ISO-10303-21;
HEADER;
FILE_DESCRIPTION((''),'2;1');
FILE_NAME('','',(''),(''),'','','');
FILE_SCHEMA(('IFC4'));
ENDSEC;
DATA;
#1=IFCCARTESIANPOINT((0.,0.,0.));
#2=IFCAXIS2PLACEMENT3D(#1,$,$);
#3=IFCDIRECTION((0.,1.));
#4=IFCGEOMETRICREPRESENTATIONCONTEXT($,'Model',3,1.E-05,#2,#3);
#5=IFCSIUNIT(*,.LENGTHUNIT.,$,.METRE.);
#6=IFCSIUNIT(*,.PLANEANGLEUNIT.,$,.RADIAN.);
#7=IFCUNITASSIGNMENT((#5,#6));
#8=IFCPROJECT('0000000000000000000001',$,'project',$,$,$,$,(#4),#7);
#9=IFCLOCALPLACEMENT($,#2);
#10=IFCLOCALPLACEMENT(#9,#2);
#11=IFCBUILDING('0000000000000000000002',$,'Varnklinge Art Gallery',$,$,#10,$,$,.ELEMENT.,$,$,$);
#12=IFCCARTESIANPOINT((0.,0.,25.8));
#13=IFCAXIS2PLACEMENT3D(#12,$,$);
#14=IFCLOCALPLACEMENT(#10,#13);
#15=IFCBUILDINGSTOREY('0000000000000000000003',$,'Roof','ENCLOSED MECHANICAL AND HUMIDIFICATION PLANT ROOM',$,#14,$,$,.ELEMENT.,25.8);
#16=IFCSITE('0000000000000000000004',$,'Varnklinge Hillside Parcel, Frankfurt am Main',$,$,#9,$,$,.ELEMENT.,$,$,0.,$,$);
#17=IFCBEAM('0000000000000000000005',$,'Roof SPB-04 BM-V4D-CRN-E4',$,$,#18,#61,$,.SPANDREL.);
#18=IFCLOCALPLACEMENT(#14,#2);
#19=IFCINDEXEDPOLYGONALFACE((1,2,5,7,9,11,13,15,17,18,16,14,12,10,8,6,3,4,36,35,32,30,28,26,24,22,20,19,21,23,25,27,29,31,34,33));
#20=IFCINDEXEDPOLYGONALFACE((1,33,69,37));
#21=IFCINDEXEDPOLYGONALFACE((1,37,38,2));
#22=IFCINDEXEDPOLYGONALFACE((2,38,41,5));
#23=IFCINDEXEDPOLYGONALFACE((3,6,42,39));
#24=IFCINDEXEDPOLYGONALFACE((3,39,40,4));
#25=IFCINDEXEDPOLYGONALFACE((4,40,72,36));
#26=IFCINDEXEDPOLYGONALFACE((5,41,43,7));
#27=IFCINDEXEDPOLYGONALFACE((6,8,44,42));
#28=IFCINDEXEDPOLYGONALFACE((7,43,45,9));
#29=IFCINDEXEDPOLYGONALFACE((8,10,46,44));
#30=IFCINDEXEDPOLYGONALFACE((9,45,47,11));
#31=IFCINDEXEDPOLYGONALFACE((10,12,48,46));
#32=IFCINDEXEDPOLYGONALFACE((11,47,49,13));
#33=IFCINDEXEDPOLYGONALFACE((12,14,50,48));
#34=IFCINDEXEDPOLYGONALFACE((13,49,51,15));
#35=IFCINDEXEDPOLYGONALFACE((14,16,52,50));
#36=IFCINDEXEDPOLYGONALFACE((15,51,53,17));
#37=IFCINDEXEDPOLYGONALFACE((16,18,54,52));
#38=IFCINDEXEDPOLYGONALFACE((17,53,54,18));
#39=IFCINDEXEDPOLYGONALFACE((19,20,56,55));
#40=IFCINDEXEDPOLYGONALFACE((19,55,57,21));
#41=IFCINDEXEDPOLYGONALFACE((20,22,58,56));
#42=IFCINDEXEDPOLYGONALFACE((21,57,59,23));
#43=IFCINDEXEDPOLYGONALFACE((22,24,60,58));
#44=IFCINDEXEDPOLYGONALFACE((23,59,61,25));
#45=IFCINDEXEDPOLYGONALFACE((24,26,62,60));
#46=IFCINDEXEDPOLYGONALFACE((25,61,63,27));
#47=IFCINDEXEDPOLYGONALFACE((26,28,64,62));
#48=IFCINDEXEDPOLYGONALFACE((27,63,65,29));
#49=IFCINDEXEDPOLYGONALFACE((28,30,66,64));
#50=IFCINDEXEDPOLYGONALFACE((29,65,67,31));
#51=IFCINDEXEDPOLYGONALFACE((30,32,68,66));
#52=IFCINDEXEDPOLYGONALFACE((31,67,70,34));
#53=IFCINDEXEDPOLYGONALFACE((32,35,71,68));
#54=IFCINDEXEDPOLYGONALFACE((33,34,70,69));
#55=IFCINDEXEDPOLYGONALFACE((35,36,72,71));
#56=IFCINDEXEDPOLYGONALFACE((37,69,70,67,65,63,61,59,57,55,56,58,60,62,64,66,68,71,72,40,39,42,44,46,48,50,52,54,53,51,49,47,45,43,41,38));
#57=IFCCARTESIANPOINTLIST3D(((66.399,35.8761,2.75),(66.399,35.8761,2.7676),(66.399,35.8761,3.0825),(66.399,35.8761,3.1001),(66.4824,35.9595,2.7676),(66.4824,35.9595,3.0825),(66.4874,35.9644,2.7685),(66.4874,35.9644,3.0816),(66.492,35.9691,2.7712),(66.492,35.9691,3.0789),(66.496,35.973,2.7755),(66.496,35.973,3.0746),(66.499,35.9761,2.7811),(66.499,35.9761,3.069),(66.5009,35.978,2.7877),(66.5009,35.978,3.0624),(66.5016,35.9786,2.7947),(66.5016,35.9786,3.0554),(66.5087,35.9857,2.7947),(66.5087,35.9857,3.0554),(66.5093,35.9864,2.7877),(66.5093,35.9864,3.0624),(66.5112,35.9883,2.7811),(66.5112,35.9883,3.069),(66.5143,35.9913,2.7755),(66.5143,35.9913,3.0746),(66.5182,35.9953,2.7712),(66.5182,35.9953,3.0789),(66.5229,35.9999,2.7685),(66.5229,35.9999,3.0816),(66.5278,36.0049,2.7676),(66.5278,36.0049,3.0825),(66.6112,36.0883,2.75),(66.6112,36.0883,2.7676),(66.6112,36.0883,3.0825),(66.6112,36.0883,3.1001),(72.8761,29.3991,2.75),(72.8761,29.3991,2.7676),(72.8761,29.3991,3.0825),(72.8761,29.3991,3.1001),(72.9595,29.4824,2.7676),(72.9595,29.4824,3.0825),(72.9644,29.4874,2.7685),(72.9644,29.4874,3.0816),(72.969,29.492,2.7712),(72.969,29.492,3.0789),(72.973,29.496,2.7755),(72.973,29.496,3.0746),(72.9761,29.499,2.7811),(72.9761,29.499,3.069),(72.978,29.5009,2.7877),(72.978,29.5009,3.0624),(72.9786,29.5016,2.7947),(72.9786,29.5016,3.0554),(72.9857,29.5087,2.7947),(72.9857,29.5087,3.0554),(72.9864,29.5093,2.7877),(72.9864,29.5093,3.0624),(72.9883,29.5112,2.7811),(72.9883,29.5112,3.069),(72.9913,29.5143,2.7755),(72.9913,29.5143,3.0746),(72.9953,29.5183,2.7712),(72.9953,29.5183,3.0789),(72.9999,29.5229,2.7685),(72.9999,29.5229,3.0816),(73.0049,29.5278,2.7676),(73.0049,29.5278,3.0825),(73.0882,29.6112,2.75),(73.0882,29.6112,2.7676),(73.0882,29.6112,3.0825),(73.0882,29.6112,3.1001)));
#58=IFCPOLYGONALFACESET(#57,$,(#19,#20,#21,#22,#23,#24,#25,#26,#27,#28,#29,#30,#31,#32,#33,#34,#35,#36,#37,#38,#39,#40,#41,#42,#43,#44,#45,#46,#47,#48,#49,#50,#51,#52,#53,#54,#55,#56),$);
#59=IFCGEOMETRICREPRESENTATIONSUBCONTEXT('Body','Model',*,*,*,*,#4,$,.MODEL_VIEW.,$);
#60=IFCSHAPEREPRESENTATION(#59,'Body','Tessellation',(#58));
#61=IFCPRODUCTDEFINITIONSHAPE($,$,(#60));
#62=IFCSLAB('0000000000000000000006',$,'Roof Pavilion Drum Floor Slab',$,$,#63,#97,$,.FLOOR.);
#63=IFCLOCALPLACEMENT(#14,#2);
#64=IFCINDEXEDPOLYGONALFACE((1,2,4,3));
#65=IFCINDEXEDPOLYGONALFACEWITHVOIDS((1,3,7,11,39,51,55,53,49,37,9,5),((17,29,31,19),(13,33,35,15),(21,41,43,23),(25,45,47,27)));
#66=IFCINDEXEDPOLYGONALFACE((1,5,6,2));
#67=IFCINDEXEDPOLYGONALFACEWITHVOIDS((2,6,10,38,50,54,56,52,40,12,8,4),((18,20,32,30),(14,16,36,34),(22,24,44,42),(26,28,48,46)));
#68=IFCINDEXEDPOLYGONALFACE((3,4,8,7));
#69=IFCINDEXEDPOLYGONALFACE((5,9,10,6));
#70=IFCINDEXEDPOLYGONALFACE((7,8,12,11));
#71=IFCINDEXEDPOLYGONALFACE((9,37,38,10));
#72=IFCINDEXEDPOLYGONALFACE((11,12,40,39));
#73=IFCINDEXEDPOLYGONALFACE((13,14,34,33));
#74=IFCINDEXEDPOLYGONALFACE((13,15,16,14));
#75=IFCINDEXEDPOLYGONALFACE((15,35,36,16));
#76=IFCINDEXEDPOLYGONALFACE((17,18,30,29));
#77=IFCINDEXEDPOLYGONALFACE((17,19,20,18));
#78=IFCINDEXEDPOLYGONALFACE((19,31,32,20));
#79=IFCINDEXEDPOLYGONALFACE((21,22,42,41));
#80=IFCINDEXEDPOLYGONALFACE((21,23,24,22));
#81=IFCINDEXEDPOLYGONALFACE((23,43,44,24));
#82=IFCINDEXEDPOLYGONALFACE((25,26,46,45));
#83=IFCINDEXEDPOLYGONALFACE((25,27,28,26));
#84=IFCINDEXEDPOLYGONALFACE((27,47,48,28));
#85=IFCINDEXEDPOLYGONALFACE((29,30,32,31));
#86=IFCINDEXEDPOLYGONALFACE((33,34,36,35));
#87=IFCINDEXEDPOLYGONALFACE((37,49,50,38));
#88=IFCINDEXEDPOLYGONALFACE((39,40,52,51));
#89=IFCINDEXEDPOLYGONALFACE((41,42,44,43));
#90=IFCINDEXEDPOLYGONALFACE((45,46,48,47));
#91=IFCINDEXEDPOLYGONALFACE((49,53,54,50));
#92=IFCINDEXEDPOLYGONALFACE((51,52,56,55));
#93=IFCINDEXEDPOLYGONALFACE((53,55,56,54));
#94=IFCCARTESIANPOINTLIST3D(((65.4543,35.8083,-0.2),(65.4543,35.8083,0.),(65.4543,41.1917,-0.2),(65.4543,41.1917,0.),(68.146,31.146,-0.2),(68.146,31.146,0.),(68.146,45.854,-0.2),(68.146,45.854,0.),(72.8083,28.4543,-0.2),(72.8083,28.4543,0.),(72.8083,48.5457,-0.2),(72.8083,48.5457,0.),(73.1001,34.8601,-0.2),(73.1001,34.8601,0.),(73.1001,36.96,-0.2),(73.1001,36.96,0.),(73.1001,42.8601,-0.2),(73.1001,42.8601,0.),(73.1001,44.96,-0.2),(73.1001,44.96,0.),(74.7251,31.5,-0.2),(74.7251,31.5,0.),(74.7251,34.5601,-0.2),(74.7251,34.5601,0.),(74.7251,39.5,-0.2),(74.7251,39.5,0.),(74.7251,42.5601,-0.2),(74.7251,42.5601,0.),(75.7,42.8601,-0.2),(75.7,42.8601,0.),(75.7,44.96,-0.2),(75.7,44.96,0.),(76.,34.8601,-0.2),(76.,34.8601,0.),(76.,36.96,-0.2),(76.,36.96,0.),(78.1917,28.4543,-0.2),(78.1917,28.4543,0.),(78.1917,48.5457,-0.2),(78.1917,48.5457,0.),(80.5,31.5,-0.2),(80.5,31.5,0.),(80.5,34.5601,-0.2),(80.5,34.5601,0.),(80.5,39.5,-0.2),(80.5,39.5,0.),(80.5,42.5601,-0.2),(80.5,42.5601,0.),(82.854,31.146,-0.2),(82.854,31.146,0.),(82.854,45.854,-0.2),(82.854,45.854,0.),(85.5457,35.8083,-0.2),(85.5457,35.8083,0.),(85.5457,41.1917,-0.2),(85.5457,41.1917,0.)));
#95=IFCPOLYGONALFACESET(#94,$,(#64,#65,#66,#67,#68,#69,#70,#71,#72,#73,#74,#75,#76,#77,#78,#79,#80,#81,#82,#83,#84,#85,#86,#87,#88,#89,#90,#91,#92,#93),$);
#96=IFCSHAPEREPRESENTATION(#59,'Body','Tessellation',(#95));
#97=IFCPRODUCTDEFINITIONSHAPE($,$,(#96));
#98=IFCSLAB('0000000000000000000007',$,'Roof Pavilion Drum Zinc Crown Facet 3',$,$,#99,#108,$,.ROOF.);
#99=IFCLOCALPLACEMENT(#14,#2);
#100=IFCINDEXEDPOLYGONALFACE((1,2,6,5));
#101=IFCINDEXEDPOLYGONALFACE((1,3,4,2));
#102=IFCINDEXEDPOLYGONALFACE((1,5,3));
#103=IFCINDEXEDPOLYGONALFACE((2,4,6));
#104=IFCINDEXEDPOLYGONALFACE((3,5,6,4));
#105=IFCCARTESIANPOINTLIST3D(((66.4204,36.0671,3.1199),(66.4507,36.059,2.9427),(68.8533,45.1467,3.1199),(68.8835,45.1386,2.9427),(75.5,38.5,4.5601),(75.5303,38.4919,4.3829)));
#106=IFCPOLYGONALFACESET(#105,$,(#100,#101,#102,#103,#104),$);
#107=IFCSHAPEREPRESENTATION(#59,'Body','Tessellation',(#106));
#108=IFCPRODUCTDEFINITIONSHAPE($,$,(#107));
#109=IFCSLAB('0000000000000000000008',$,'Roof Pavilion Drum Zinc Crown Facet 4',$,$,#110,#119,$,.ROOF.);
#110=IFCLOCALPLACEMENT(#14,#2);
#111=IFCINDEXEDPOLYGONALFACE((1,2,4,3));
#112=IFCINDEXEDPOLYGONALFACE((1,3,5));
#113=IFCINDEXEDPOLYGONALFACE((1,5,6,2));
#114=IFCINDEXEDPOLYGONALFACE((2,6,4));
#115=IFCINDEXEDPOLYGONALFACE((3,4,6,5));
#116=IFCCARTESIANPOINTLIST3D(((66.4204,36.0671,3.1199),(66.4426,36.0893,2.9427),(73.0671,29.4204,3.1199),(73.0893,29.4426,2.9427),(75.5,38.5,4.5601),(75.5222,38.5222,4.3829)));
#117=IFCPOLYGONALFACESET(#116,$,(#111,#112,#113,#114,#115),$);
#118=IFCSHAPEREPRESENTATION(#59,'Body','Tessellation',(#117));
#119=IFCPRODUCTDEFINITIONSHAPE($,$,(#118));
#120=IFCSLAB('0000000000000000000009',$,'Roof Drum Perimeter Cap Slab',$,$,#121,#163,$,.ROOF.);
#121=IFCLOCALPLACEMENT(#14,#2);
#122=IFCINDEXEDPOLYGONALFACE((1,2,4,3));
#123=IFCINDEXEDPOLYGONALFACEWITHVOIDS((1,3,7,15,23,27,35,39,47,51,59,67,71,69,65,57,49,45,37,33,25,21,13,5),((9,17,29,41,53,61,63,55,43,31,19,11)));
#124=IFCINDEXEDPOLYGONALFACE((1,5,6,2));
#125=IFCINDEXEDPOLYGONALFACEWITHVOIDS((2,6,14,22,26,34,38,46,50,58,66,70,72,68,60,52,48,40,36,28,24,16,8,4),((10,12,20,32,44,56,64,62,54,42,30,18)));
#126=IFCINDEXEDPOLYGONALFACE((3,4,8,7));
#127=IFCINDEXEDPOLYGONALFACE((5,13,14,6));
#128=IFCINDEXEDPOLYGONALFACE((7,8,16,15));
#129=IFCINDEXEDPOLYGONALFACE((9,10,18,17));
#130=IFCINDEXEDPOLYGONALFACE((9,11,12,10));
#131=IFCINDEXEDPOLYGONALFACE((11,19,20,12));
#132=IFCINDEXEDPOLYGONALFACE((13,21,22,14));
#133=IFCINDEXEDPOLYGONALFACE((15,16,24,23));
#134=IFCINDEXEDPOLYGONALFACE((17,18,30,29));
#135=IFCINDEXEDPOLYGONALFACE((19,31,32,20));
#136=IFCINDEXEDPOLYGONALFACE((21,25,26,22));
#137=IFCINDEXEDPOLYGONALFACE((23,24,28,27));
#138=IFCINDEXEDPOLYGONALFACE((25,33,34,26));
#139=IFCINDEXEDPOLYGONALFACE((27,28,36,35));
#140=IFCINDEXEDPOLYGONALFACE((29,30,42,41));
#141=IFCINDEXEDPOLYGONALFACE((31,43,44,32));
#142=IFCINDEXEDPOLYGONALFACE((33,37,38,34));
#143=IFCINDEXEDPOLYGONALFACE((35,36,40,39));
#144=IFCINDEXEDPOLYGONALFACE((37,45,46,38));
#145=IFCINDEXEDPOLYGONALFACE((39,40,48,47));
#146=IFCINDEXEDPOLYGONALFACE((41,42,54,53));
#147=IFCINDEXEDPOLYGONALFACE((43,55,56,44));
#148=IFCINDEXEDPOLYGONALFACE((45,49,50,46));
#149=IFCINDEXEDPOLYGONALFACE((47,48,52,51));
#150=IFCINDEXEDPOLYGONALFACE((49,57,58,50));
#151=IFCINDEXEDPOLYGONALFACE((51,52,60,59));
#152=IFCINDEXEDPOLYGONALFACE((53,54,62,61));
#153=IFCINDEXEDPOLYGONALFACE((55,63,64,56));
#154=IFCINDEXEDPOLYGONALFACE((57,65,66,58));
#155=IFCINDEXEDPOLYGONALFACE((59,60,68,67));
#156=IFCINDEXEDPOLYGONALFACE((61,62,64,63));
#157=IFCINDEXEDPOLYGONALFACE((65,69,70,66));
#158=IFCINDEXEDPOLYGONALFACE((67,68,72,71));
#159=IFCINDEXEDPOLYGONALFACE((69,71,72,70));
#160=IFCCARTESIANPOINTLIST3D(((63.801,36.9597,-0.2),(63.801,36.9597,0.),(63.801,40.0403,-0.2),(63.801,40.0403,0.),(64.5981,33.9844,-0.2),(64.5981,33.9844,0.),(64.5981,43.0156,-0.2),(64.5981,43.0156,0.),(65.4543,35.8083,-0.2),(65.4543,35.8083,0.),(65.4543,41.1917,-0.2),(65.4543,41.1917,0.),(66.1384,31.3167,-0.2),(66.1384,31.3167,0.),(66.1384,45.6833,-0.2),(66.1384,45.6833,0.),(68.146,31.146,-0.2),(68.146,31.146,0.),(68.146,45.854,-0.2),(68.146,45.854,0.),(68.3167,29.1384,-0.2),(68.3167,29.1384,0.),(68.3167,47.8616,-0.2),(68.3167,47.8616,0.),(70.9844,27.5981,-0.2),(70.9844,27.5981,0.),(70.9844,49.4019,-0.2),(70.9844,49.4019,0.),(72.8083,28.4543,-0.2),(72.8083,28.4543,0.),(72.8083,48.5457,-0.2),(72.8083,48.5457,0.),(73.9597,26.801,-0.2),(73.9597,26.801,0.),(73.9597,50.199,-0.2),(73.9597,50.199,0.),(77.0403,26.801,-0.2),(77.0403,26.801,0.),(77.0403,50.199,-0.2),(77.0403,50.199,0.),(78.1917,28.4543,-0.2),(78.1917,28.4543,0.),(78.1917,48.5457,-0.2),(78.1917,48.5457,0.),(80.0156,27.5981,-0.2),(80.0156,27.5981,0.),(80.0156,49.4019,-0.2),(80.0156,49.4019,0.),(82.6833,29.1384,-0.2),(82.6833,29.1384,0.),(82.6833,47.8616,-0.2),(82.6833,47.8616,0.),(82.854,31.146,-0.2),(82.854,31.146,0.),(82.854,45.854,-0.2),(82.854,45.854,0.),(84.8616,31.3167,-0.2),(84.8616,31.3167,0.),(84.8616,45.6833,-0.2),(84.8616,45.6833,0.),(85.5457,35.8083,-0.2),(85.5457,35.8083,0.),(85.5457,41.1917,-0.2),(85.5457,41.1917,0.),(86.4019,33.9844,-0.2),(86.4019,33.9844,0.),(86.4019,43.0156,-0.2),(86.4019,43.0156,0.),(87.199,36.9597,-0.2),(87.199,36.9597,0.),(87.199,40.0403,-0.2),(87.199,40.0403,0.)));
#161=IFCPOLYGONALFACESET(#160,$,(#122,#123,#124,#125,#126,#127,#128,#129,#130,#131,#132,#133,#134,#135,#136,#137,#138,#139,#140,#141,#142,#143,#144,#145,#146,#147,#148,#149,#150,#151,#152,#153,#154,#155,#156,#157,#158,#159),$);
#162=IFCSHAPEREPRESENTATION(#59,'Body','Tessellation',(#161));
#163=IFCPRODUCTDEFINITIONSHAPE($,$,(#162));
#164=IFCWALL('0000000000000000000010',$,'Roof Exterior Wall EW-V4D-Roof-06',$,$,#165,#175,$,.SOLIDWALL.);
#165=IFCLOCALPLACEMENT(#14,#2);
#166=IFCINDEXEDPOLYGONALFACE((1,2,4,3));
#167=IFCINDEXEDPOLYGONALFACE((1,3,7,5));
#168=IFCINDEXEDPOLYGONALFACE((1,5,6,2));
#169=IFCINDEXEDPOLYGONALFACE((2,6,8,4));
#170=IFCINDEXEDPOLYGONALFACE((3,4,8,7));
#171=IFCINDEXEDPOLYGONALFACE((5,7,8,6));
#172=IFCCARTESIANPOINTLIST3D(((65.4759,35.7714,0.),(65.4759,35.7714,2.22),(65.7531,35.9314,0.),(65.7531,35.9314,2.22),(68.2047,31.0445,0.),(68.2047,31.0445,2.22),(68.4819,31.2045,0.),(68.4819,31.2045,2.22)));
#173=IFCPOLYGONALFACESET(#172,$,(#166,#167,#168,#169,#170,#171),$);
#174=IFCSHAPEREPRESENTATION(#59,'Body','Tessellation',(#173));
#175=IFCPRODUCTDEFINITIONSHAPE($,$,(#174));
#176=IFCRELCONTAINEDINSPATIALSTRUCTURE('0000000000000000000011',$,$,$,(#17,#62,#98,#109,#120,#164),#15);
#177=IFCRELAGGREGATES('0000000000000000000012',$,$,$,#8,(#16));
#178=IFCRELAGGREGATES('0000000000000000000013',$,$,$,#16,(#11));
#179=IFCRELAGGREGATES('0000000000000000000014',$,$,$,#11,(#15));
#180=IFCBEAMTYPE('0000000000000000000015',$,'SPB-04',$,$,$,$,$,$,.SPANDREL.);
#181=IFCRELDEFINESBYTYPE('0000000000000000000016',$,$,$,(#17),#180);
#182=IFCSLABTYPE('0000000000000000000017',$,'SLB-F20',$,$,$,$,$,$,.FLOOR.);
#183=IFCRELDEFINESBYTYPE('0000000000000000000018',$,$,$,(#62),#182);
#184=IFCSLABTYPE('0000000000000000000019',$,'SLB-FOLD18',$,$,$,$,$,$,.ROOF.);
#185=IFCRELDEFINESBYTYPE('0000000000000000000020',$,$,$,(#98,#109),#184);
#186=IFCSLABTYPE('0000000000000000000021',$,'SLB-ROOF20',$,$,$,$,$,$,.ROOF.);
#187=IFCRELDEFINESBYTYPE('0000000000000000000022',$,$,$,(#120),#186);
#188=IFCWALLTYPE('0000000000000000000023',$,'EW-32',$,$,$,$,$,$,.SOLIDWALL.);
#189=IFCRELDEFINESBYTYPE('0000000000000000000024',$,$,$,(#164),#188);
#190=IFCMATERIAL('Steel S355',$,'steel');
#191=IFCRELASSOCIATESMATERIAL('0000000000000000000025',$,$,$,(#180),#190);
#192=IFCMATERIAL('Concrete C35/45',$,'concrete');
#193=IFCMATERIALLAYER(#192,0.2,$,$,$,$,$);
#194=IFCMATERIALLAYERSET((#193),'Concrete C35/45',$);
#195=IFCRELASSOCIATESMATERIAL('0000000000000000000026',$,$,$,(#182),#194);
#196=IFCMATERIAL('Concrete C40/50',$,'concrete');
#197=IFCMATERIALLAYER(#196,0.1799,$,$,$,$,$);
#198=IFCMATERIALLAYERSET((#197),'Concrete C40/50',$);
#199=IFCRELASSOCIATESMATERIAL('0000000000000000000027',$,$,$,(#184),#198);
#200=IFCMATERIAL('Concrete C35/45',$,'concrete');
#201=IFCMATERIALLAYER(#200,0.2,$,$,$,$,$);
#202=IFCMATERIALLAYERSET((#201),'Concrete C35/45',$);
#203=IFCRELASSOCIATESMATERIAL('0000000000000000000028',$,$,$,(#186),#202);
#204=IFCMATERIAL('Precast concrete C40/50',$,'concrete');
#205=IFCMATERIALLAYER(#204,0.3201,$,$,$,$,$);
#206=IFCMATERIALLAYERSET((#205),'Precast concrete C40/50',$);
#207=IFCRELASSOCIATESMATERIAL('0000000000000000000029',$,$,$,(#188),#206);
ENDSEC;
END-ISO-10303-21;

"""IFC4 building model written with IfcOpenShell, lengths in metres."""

from ifc_helpers import new_model, si_unit, direction, frame, frame_2d, origin, origin_2d, place, context, subcontext, project, spatial, polyline, rectangle, i_section, outline, extrude, material, layer, layer_set, material_profile, profile_set, type_object, element, save


model = new_model("IFC4")

# Units and contexts
model_context = context("Model", 3, precision=1e-05, world=origin(), true_north=direction((0.0, 1.0)))
body_context = subcontext(model_context, "Body", "Model", "MODEL_VIEW")
ifc_project = project(units=[si_unit("LENGTHUNIT", "METRE"), si_unit("PLANEANGLEUNIT", "RADIAN")], contexts=[model_context])

# Site, building, storey
site_placement = place(None, origin())
site = spatial("IfcSite", under=ifc_project, at=site_placement, Name="Varnklinge Hillside Parcel, Frankfurt am Main", CompositionType="ELEMENT", RefElevation=0.0)
building_placement = place(site_placement, origin())
building = spatial("IfcBuilding", under=site, at=building_placement, Name="Varnklinge Art Gallery", CompositionType="ELEMENT")
storey_placement = place(building_placement, frame((0.0, 0.0, 25.8)))
storey = spatial("IfcBuildingStorey", under=building, at=storey_placement, Name="Roof", Description="ENCLOSED MECHANICAL AND HUMIDIFICATION PLANT ROOM", CompositionType="ELEMENT", Elevation=25.8)

# Beam
ifc_material_1 = material(Name="Steel S355", Category="steel")
ifc_material_profile_1 = material_profile(ifc_material_1, i_section(OverallWidth=0.3, OverallDepth=0.3501, WebThickness=0.01, FlangeThickness=0.0176, FilletRadius=0.0271, at=origin_2d()), Name="HEA 360")
ifc_profile_set_1 = profile_set([ifc_material_profile_1], Name="Steel S355")
beam_type_1 = type_object("IfcBeamType", Name="SPB-04", PredefinedType="SPANDREL", material=ifc_profile_set_1)
for number, where, z_axis, x_axis, name in (
    (1, (66.5051, 35.9822, 2.925), (0.707107, -0.707107, 0.0), (0.707107, 0.707107, 0.0), "Roof SPB-04 BM-V4D-CRN-E4"),
):
    element("IfcBeam", number, at=place(storey_placement, frame(where, z_axis=z_axis, x_axis=x_axis)), inside=storey, type_object=beam_type_1, Name=name, PredefinedType="SPANDREL", context=body_context, shape_type="SweptSolid", body=[
        extrude(i_section(OverallWidth=0.3, OverallDepth=0.3501, WebThickness=0.01, FlangeThickness=0.0176, FilletRadius=0.0271, at=origin_2d()), origin(), (0.0, 0.0, 1.0), 9.1599),
    ])

# Slabs
ifc_material_2 = material(Name="Concrete C35/45", Category="concrete")
ifc_layer_1 = layer(ifc_material_2, 0.2)
ifc_layer_set_1 = layer_set([ifc_layer_1], Name="Concrete C35/45")
slab_type_1 = type_object("IfcSlabType", Name="SLB-F20", PredefinedType="FLOOR", material=ifc_layer_set_1)
slab_1_placement = place(storey_placement, frame((0.0, 0.0, -0.2)))
element("IfcSlab", 2, at=slab_1_placement, inside=storey, type_object=slab_type_1, Name="Roof Pavilion Drum Floor Slab", PredefinedType="FLOOR", context=body_context, shape_type="SweptSolid", body=[
    extrude(outline(polyline([(78.1917, 28.4543), (82.854, 31.146), (85.5457, 35.8083), (85.5457, 41.1917), (82.854, 45.854), (78.1917, 48.5457), (72.8083, 48.5457), (68.146, 45.854), (65.4543, 41.1917), (65.4543, 35.8083), (68.146, 31.146), (72.8083, 28.4543), (78.1917, 28.4543)]), holes=[polyline([(74.7251, 31.5), (74.7251, 34.5601), (80.5, 34.5601), (80.5, 31.5), (74.7251, 31.5)]), polyline([(73.1001, 36.96), (76.0, 36.96), (76.0, 34.8601), (73.1001, 34.8601), (73.1001, 36.96)]), polyline([(80.5, 42.5601), (80.5, 39.5), (74.7251, 39.5), (74.7251, 42.5601), (80.5, 42.5601)]), polyline([(75.7, 42.8601), (73.1001, 42.8601), (73.1001, 44.96), (75.7, 44.96), (75.7, 42.8601)])]), origin(), (0.0, 0.0, 1.0), 0.2),
])
ifc_material_3 = material(Name="Concrete C40/50", Category="concrete")
ifc_layer_2 = layer(ifc_material_3, 0.1799)
ifc_layer_set_2 = layer_set([ifc_layer_2], Name="Concrete C40/50")
slab_type_2 = type_object("IfcSlabType", Name="SLB-FOLD18", PredefinedType="ROOF", material=ifc_layer_set_2)
slab_2_placement = place(storey_placement, frame((68.8533, 45.1467, 3.1199), z_axis=(-0.168274, 0.045089, 0.984709), x_axis=(-0.258818, -0.965926, 0.0)))
element("IfcSlab", 3, at=slab_2_placement, inside=storey, type_object=slab_type_2, Name="Roof Pavilion Drum Zinc Crown Facet 3", PredefinedType="ROOF", context=body_context, shape_type="SweptSolid", body=[
    extrude(outline(polyline([(0.0, 0.0), (9.3999, 0.0), (4.7, 8.267), (0.0, 0.0)])), origin(), (0.0, 0.0, -1.0), 0.1799),
])
slab_3_placement = place(storey_placement, frame((66.4204, 36.0671, 3.1199), z_axis=(-0.123185, -0.123185, 0.984709), x_axis=(0.707107, -0.707107, 0.0)))
element("IfcSlab", 4, at=slab_3_placement, inside=storey, type_object=slab_type_2, Name="Roof Pavilion Drum Zinc Crown Facet 4", PredefinedType="ROOF", context=body_context, shape_type="SweptSolid", body=[
    extrude(outline(polyline([(0.0, 0.0), (9.3999, 0.0), (4.6999, 8.2669), (0.0, 0.0)])), origin(), (0.0, 0.0, -1.0), 0.1799),
])
ifc_material_4 = material(Name="Concrete C35/45", Category="concrete")
ifc_layer_3 = layer(ifc_material_4, 0.2)
ifc_layer_set_3 = layer_set([ifc_layer_3], Name="Concrete C35/45")
slab_type_3 = type_object("IfcSlabType", Name="SLB-ROOF20", PredefinedType="ROOF", material=ifc_layer_set_3)
slab_4_placement = place(storey_placement, frame((0.0, 0.0, -0.2)))
element("IfcSlab", 5, at=slab_4_placement, inside=storey, type_object=slab_type_3, Name="Roof Drum Perimeter Cap Slab", PredefinedType="ROOF", context=body_context, shape_type="SweptSolid", body=[
    extrude(outline(polyline([(87.199, 36.9597), (87.199, 40.0403), (86.4019, 43.0156), (84.8616, 45.6833), (82.6833, 47.8616), (80.0156, 49.4019), (77.0403, 50.199), (73.9597, 50.199), (70.9844, 49.4019), (68.3167, 47.8616), (66.1384, 45.6833), (64.5981, 43.0156), (63.801, 40.0403), (63.801, 36.9597), (64.5981, 33.9844), (66.1384, 31.3167), (68.3167, 29.1384), (70.9844, 27.5981), (73.9597, 26.801), (77.0403, 26.801), (80.0156, 27.5981), (82.6833, 29.1384), (84.8616, 31.3167), (86.4019, 33.9844), (87.199, 36.9597)]), holes=[polyline([(78.1917, 28.4543), (72.8083, 28.4543), (68.146, 31.146), (65.4543, 35.8083), (65.4543, 41.1917), (68.146, 45.854), (72.8083, 48.5457), (78.1917, 48.5457), (82.854, 45.854), (85.5457, 41.1917), (85.5457, 35.8083), (82.854, 31.146), (78.1917, 28.4543)])]), origin(), (0.0, 0.0, 1.0), 0.2),
])

# Wall
ifc_material_5 = material(Name="Precast concrete C40/50", Category="concrete")
ifc_layer_4 = layer(ifc_material_5, 0.3201)
ifc_layer_set_4 = layer_set([ifc_layer_4], Name="Precast concrete C40/50")
wall_type_1 = type_object("IfcWallType", Name="EW-32", PredefinedType="SOLIDWALL", material=ifc_layer_set_4)
wall_1_placement = place(storey_placement, frame((68.3433, 31.1245, 0.0), z_axis=(0.0, 0.0, 1.0), x_axis=(-0.499964, 0.866046, 0.0)))
element("IfcWall", 6, at=wall_1_placement, inside=storey, type_object=wall_type_1, Name="Roof Exterior Wall EW-V4D-Roof-06", PredefinedType="SOLIDWALL", context=body_context, shape_type="SweptSolid", body=[
    extrude(rectangle(XDim=5.458, YDim=0.3201, at=frame_2d((2.729, 0.0))), origin(), (0.0, 0.0, 1.0), 2.22),
])

save(model, "model.ifc")
